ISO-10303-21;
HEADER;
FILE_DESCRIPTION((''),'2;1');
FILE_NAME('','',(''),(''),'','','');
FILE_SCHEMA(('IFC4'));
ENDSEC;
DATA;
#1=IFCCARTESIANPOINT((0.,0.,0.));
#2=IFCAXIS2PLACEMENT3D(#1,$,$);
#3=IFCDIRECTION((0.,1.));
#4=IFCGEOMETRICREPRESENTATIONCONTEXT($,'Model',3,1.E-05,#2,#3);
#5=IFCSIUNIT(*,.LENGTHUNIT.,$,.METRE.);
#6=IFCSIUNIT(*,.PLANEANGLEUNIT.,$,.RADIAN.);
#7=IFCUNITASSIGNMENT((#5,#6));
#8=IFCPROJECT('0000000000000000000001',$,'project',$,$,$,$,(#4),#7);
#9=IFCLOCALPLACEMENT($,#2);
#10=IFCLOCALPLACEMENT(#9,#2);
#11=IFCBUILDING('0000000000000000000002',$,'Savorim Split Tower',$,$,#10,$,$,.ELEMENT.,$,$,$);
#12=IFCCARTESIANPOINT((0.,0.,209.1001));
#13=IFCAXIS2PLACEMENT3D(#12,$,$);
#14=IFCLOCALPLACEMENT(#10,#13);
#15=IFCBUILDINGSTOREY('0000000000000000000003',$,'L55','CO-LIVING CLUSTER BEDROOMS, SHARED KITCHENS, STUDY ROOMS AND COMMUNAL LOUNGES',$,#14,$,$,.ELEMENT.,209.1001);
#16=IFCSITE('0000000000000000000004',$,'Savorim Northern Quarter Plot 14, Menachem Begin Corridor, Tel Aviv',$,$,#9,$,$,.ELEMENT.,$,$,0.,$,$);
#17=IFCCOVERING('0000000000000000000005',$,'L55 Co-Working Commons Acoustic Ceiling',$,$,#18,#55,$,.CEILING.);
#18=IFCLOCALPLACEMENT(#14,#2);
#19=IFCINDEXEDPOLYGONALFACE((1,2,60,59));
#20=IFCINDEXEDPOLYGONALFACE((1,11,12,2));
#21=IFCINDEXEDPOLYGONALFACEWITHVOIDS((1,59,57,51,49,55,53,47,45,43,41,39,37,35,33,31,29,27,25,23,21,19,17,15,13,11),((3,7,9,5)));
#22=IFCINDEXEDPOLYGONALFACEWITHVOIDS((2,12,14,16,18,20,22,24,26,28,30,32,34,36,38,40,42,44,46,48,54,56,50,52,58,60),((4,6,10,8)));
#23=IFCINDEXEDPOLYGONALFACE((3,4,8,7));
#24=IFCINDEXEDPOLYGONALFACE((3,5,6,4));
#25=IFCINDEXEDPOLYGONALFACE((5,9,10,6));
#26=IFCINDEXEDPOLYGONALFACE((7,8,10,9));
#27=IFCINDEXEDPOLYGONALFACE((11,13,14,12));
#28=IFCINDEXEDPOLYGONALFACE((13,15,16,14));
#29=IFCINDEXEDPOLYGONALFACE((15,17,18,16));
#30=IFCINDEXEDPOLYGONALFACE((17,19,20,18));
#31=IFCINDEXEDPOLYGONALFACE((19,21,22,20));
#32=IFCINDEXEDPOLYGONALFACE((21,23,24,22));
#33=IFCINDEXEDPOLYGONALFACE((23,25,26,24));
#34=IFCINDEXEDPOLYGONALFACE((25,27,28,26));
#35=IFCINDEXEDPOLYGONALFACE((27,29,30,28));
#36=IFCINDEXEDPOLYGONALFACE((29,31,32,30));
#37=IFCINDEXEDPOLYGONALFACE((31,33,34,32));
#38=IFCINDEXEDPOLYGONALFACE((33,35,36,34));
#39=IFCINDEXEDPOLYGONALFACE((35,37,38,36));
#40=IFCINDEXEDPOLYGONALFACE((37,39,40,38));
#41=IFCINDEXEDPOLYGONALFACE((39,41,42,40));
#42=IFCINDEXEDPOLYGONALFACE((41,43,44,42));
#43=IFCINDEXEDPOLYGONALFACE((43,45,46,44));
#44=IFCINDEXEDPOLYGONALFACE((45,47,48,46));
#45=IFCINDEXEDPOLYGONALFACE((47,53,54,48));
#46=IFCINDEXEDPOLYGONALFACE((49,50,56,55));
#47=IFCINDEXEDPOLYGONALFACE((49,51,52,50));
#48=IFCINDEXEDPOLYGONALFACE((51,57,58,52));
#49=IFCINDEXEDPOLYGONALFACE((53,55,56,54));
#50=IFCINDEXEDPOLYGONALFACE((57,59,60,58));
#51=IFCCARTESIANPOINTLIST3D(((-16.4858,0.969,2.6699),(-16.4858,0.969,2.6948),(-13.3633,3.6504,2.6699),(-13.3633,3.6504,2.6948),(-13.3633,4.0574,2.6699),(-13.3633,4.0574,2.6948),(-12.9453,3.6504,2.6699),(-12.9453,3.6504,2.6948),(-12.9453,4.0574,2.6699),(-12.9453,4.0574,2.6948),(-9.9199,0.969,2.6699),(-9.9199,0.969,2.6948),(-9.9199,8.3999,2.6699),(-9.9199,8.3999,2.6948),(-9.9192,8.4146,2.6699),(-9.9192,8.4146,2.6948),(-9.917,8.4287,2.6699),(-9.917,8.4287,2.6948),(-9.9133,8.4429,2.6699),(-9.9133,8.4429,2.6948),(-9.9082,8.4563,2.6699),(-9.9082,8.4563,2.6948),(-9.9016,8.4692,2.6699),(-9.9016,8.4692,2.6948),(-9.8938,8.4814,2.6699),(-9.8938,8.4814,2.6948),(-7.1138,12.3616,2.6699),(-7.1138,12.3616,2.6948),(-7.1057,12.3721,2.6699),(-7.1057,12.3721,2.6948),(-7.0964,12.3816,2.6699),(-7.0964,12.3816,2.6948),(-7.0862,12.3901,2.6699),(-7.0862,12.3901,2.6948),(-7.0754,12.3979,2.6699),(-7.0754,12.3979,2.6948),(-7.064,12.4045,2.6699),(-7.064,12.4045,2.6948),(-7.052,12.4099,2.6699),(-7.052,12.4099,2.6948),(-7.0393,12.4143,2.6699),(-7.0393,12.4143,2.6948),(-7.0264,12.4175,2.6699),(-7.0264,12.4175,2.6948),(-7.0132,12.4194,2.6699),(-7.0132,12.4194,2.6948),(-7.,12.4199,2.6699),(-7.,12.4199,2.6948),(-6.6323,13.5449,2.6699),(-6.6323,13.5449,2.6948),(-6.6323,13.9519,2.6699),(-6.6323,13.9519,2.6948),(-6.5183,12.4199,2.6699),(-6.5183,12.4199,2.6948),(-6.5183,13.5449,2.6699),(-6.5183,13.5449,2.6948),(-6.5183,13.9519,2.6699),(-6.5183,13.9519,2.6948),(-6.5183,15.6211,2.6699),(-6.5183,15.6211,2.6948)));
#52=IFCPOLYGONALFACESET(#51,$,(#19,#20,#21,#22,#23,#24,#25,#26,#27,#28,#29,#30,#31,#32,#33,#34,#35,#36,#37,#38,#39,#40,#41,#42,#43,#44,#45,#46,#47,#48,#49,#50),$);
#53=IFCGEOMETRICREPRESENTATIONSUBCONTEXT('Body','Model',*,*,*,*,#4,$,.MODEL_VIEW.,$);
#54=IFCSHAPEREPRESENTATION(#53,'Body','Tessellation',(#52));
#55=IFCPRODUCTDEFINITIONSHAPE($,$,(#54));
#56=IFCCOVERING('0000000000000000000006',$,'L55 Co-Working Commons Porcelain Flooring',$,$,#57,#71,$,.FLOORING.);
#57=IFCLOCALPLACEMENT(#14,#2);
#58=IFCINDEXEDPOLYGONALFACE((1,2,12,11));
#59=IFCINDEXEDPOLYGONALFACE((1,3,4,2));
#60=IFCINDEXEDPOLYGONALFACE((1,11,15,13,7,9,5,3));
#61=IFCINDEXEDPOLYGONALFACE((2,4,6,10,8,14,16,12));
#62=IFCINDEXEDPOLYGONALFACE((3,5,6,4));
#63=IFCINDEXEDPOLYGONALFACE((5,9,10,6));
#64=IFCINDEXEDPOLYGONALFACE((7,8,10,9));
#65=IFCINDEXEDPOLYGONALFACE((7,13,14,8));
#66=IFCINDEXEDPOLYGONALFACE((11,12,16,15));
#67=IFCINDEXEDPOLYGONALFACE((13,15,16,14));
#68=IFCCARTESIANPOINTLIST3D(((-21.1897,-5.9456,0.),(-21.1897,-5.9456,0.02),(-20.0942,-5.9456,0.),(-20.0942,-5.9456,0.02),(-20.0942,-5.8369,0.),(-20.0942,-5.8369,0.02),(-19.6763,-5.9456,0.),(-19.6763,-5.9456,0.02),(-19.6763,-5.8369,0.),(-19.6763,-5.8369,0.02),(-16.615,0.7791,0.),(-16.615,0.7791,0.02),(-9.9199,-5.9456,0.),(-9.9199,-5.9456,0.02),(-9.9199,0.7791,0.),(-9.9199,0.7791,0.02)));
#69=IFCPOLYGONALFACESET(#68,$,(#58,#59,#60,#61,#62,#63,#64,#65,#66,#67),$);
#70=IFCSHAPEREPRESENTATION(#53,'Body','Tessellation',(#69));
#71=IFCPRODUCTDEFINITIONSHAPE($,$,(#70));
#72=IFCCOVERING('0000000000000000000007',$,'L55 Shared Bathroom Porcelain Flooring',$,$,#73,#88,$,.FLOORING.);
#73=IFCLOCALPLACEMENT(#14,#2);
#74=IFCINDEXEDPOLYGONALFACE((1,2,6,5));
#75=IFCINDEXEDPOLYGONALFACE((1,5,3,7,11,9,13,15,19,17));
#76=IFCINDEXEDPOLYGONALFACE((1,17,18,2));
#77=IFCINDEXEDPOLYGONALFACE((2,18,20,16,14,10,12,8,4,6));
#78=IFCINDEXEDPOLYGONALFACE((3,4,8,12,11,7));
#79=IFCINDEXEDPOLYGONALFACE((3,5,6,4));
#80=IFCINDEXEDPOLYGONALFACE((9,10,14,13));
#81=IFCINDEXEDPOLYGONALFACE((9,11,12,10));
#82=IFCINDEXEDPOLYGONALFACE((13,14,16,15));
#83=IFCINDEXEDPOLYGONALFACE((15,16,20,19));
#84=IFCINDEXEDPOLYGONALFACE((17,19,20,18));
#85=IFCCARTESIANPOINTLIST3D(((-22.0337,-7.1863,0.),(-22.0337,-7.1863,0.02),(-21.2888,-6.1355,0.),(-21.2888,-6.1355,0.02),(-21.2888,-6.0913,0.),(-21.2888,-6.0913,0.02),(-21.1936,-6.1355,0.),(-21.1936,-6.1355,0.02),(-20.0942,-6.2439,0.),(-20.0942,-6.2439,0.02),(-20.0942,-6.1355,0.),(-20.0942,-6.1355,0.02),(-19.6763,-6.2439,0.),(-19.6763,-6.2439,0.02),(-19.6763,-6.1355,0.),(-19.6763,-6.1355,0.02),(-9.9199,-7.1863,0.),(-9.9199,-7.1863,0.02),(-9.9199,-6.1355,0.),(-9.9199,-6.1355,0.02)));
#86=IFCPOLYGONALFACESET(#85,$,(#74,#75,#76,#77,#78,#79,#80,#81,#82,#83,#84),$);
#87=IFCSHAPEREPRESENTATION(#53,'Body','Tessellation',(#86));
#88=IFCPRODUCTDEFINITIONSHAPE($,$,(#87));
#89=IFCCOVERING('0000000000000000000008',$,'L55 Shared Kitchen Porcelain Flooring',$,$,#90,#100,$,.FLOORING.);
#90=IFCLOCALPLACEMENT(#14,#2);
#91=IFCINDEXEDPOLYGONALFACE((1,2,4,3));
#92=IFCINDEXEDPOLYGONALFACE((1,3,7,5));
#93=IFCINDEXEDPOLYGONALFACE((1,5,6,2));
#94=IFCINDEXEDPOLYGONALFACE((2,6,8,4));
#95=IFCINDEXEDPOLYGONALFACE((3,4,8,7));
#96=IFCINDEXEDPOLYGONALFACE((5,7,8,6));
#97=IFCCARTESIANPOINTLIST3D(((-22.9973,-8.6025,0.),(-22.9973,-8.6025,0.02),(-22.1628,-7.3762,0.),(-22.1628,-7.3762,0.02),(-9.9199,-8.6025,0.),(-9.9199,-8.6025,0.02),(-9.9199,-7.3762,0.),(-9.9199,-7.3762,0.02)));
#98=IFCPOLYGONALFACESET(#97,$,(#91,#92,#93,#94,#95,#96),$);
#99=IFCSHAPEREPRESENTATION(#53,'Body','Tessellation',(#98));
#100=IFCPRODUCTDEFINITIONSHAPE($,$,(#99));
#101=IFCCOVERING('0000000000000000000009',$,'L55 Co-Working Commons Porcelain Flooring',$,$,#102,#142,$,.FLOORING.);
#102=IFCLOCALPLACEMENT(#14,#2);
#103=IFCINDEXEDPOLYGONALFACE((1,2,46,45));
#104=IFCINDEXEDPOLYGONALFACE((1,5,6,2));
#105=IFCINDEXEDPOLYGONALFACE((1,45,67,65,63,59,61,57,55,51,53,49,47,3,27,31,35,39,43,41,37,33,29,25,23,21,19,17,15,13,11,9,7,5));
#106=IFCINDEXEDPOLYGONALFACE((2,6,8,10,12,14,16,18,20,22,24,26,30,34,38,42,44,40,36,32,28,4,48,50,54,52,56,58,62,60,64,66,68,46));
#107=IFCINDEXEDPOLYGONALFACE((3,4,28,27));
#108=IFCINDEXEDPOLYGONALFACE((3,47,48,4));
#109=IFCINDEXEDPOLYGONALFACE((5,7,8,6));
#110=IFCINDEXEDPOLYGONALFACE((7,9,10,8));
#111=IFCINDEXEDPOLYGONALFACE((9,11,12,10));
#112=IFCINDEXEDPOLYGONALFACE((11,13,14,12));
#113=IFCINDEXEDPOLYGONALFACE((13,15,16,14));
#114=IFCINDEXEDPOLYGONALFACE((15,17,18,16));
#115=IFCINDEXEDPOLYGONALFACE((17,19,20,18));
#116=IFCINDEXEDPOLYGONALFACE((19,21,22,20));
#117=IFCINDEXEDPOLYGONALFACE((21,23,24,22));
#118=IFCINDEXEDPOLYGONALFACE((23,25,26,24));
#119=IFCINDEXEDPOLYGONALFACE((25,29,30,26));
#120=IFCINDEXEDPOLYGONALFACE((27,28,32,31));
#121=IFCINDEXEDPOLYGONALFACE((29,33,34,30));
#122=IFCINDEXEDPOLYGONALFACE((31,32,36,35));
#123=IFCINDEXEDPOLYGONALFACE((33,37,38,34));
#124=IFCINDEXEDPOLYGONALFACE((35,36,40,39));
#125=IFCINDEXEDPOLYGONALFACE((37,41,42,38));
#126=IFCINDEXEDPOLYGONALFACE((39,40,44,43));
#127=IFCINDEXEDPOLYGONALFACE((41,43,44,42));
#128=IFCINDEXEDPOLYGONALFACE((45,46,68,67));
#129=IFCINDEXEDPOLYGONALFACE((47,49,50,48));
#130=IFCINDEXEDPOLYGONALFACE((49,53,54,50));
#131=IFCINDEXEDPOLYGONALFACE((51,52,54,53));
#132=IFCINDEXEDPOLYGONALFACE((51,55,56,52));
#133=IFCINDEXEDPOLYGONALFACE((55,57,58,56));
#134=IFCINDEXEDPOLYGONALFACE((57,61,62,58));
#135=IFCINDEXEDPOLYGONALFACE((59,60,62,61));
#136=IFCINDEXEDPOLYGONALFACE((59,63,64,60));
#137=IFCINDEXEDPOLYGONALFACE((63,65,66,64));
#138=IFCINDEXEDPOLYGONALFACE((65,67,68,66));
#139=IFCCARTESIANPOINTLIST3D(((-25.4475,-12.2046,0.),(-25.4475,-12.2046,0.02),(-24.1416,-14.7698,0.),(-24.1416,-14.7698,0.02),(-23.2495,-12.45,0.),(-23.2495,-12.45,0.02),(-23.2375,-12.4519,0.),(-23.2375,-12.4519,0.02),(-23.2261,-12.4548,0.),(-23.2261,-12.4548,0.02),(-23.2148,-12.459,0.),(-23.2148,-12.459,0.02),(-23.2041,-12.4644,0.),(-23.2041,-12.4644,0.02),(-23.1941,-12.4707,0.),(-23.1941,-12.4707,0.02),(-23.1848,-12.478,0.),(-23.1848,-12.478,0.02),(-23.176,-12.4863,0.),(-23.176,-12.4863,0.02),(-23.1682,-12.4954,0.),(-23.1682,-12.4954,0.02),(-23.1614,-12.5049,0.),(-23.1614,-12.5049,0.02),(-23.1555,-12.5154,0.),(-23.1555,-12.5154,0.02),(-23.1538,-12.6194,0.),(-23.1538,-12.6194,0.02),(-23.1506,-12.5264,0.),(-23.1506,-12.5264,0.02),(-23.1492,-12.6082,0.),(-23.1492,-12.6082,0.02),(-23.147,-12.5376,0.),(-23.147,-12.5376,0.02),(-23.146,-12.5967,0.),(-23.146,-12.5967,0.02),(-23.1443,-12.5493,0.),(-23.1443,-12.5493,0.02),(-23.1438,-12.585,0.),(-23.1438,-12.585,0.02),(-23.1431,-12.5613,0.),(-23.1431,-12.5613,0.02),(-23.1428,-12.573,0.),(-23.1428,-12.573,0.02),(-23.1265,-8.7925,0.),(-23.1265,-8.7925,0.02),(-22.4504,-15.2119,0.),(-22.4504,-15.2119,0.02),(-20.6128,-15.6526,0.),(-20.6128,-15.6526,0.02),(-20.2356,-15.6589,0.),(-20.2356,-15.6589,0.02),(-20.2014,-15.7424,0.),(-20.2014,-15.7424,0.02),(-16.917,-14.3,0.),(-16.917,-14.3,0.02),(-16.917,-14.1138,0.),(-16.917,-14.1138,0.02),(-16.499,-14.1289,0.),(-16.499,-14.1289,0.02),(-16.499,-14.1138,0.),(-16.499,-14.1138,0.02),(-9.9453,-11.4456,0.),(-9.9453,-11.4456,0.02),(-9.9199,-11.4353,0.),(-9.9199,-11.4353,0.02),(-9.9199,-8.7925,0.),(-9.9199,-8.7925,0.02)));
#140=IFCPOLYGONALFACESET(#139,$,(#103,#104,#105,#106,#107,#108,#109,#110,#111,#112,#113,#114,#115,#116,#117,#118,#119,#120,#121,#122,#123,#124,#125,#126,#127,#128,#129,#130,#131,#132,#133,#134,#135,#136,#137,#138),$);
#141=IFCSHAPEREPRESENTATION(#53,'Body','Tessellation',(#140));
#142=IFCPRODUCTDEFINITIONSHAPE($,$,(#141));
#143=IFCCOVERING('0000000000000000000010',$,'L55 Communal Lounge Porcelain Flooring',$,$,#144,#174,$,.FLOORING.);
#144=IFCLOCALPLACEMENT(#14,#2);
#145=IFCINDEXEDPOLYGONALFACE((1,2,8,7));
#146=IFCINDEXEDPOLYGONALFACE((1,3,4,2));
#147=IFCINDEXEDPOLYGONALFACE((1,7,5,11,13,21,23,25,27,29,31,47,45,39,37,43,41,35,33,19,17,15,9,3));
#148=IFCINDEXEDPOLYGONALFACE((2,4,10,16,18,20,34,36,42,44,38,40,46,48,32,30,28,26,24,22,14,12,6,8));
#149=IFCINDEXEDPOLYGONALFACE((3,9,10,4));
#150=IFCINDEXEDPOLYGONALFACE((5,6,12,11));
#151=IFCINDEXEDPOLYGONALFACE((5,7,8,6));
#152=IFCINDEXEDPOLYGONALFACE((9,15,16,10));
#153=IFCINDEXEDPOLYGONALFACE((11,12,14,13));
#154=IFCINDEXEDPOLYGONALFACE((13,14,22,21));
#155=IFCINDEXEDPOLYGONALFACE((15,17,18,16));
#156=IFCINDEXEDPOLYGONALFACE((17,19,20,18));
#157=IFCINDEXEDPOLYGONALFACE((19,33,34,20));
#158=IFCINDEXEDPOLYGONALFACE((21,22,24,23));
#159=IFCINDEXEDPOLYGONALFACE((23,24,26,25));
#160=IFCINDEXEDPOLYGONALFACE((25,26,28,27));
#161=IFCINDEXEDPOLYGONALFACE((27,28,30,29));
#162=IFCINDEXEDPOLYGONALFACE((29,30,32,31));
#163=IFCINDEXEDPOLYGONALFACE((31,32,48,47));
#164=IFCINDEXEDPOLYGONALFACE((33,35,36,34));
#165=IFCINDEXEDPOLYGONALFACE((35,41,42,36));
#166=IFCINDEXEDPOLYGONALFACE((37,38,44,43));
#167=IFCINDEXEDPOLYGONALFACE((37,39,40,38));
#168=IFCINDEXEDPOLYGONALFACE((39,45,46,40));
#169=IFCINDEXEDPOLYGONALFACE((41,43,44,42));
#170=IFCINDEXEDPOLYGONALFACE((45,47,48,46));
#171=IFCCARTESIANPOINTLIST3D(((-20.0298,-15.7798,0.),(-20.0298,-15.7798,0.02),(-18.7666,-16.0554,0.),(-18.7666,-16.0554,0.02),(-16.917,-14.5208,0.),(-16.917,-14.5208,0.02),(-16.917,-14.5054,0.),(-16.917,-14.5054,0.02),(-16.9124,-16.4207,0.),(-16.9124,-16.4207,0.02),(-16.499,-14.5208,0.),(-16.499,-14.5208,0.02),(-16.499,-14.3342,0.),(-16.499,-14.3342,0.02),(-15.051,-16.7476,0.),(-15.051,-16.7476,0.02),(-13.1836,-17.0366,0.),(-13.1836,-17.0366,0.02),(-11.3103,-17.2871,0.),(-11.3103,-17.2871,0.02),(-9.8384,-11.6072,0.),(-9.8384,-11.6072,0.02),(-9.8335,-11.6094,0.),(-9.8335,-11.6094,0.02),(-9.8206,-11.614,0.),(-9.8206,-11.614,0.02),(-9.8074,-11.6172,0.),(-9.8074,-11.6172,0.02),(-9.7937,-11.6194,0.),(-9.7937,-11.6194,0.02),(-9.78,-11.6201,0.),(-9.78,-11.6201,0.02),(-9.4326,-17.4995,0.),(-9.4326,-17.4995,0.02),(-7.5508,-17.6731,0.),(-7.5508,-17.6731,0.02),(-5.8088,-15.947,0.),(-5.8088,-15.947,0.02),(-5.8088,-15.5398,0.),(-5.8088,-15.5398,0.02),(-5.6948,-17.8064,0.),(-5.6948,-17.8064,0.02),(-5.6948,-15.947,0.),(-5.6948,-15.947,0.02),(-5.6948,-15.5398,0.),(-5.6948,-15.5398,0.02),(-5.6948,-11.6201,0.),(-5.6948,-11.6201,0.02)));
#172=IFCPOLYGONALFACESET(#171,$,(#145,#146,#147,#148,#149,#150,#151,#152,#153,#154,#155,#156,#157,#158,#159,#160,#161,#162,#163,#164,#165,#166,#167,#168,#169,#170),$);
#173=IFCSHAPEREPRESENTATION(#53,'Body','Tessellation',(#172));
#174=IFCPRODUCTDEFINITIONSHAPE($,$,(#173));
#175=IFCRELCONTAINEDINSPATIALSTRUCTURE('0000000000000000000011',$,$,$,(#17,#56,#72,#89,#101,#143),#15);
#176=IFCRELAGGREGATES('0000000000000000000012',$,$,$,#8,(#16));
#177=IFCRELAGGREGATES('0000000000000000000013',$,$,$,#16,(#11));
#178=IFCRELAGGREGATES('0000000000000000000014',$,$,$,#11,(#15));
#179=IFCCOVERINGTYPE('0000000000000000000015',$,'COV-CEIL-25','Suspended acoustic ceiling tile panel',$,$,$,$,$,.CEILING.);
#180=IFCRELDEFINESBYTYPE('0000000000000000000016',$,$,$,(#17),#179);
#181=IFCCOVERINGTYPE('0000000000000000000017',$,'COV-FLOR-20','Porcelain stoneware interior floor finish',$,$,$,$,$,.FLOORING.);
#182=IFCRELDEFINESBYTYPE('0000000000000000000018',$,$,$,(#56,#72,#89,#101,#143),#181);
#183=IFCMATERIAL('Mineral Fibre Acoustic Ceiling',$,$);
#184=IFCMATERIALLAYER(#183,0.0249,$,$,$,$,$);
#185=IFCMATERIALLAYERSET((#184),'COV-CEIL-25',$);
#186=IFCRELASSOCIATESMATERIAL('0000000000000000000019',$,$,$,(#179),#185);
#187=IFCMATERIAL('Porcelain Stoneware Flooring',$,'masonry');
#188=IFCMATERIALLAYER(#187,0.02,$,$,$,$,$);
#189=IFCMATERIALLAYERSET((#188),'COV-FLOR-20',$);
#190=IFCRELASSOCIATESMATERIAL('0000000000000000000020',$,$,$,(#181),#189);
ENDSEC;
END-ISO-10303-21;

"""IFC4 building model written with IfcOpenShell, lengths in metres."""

from ifc_helpers import new_model, si_unit, direction, frame, origin, place, context, subcontext, project, spatial, polyline, outline, extrude, material, layer, layer_set, type_object, element, save


model = new_model("IFC4")

# Units and contexts
model_context = context("Model", 3, precision=1e-05, world=origin(), true_north=direction((0.0, 1.0)))
body_context = subcontext(model_context, "Body", "Model", "MODEL_VIEW")
ifc_project = project(units=[si_unit("LENGTHUNIT", "METRE"), si_unit("PLANEANGLEUNIT", "RADIAN")], contexts=[model_context])

# Site, building, storey
site_placement = place(None, origin())
site = spatial("IfcSite", under=ifc_project, at=site_placement, Name="Savorim Northern Quarter Plot 14, Menachem Begin Corridor, Tel Aviv", CompositionType="ELEMENT", RefElevation=0.0)
building_placement = place(site_placement, origin())
building = spatial("IfcBuilding", under=site, at=building_placement, Name="Savorim Split Tower", CompositionType="ELEMENT")
storey_placement = place(building_placement, frame((0.0, 0.0, 209.1001)))
storey = spatial("IfcBuildingStorey", under=building, at=storey_placement, Name="L55", Description="CO-LIVING CLUSTER BEDROOMS, SHARED KITCHENS, STUDY ROOMS AND COMMUNAL LOUNGES", CompositionType="ELEMENT", Elevation=209.1001)

# Coverings
ifc_material_1 = material(Name="Mineral Fibre Acoustic Ceiling")
ifc_layer_1 = layer(ifc_material_1, 0.0249)
ifc_layer_set_1 = layer_set([ifc_layer_1], Name="COV-CEIL-25")
covering_type_1 = type_object("IfcCoveringType", Name="COV-CEIL-25", Description="Suspended acoustic ceiling tile panel", PredefinedType="CEILING", material=ifc_layer_set_1)
covering_1_placement = place(storey_placement, frame((0.0, 0.0, 2.6699)))
element("IfcCovering", 1, at=covering_1_placement, inside=storey, type_object=covering_type_1, Name="L55 Co-Working Commons Acoustic Ceiling", PredefinedType="CEILING", context=body_context, shape_type="SweptSolid", body=[
    extrude(outline(polyline([(-7.0132, 12.4194), (-7.0, 12.4199), (-6.5183, 12.4199), (-6.5183, 13.5449), (-6.6323, 13.5449), (-6.6323, 13.9519), (-6.5183, 13.9519), (-6.5183, 15.6211), (-16.4858, 0.969), (-9.9199, 0.969), (-9.9199, 8.3999), (-9.9192, 8.4146), (-9.917, 8.4287), (-9.9133, 8.4429), (-9.9082, 8.4563), (-9.9016, 8.4692), (-9.8938, 8.4814), (-7.1138, 12.3616), (-7.1057, 12.3721), (-7.0964, 12.3816), (-7.0862, 12.3901), (-7.0754, 12.3979), (-7.064, 12.4045), (-7.052, 12.4099), (-7.0393, 12.4143), (-7.0264, 12.4175), (-7.0132, 12.4194)]), holes=[polyline([(-13.3633, 4.0574), (-13.3633, 3.6504), (-12.9453, 3.6504), (-12.9453, 4.0574), (-13.3633, 4.0574)])]), origin(), (0.0, 0.0, 1.0), 0.0249),
])
ifc_material_2 = material(Name="Porcelain Stoneware Flooring", Category="masonry")
ifc_layer_2 = layer(ifc_material_2, 0.02)
ifc_layer_set_2 = layer_set([ifc_layer_2], Name="COV-FLOR-20")
covering_type_2 = type_object("IfcCoveringType", Name="COV-FLOR-20", Description="Porcelain stoneware interior floor finish", PredefinedType="FLOORING", material=ifc_layer_set_2)
covering_2_placement = place(storey_placement, origin())
element("IfcCovering", 2, at=covering_2_placement, inside=storey, type_object=covering_type_2, Name="L55 Co-Working Commons Porcelain Flooring", PredefinedType="FLOORING", context=body_context, shape_type="SweptSolid", body=[
    extrude(outline(polyline([(-19.6763, -5.8369), (-19.6763, -5.9456), (-9.9199, -5.9456), (-9.9199, 0.7791), (-16.615, 0.7791), (-21.1897, -5.9456), (-20.0942, -5.9456), (-20.0942, -5.8369), (-19.6763, -5.8369)])), origin(), (0.0, 0.0, 1.0), 0.02),
])
covering_3_placement = place(storey_placement, origin())
element("IfcCovering", 3, at=covering_3_placement, inside=storey, type_object=covering_type_2, Name="L55 Shared Bathroom Porcelain Flooring", PredefinedType="FLOORING", context=body_context, shape_type="SweptSolid", body=[
    extrude(outline(polyline([(-21.1936, -6.1355), (-21.2888, -6.1355), (-21.2888, -6.0913), (-22.0337, -7.1863), (-9.9199, -7.1863), (-9.9199, -6.1355), (-19.6763, -6.1355), (-19.6763, -6.2439), (-20.0942, -6.2439), (-20.0942, -6.1355), (-21.1936, -6.1355)])), origin(), (0.0, 0.0, 1.0), 0.02),
])
covering_4_placement = place(storey_placement, origin())
element("IfcCovering", 4, at=covering_4_placement, inside=storey, type_object=covering_type_2, Name="L55 Shared Kitchen Porcelain Flooring", PredefinedType="FLOORING", context=body_context, shape_type="SweptSolid", body=[
    extrude(outline(polyline([(-9.9199, -8.6025), (-9.9199, -7.3762), (-22.1628, -7.3762), (-22.9973, -8.6025), (-9.9199, -8.6025)])), origin(), (0.0, 0.0, 1.0), 0.02),
])
covering_5_placement = place(storey_placement, origin())
element("IfcCovering", 5, at=covering_5_placement, inside=storey, type_object=covering_type_2, Name="L55 Co-Working Commons Porcelain Flooring", PredefinedType="FLOORING", context=body_context, shape_type="SweptSolid", body=[
    extrude(outline(polyline([(-23.1431, -12.5613), (-23.1428, -12.573), (-23.1438, -12.585), (-23.146, -12.5967), (-23.1492, -12.6082), (-23.1538, -12.6194), (-24.1416, -14.7698), (-22.4504, -15.2119), (-20.6128, -15.6526), (-20.2014, -15.7424), (-20.2356, -15.6589), (-16.917, -14.3), (-16.917, -14.1138), (-16.499, -14.1138), (-16.499, -14.1289), (-9.9453, -11.4456), (-9.9199, -11.4353), (-9.9199, -8.7925), (-23.1265, -8.7925), (-25.4475, -12.2046), (-23.2495, -12.45), (-23.2375, -12.4519), (-23.2261, -12.4548), (-23.2148, -12.459), (-23.2041, -12.4644), (-23.1941, -12.4707), (-23.1848, -12.478), (-23.176, -12.4863), (-23.1682, -12.4954), (-23.1614, -12.5049), (-23.1555, -12.5154), (-23.1506, -12.5264), (-23.147, -12.5376), (-23.1443, -12.5493), (-23.1431, -12.5613)])), origin(), (0.0, 0.0, 1.0), 0.02),
])
covering_6_placement = place(storey_placement, origin())
element("IfcCovering", 6, at=covering_6_placement, inside=storey, type_object=covering_type_2, Name="L55 Communal Lounge Porcelain Flooring", PredefinedType="FLOORING", context=body_context, shape_type="SweptSolid", body=[
    extrude(outline(polyline([(-13.1836, -17.0366), (-11.3103, -17.2871), (-9.4326, -17.4995), (-7.5508, -17.6731), (-5.6948, -17.8064), (-5.6948, -15.947), (-5.8088, -15.947), (-5.8088, -15.5398), (-5.6948, -15.5398), (-5.6948, -11.6201), (-9.78, -11.6201), (-9.7937, -11.6194), (-9.8074, -11.6172), (-9.8206, -11.614), (-9.8335, -11.6094), (-9.8384, -11.6072), (-16.499, -14.3342), (-16.499, -14.5208), (-16.917, -14.5208), (-16.917, -14.5054), (-20.0298, -15.7798), (-18.7666, -16.0554), (-16.9124, -16.4207), (-15.051, -16.7476), (-13.1836, -17.0366)])), origin(), (0.0, 0.0, 1.0), 0.02),
])

save(model, "model.ifc")
